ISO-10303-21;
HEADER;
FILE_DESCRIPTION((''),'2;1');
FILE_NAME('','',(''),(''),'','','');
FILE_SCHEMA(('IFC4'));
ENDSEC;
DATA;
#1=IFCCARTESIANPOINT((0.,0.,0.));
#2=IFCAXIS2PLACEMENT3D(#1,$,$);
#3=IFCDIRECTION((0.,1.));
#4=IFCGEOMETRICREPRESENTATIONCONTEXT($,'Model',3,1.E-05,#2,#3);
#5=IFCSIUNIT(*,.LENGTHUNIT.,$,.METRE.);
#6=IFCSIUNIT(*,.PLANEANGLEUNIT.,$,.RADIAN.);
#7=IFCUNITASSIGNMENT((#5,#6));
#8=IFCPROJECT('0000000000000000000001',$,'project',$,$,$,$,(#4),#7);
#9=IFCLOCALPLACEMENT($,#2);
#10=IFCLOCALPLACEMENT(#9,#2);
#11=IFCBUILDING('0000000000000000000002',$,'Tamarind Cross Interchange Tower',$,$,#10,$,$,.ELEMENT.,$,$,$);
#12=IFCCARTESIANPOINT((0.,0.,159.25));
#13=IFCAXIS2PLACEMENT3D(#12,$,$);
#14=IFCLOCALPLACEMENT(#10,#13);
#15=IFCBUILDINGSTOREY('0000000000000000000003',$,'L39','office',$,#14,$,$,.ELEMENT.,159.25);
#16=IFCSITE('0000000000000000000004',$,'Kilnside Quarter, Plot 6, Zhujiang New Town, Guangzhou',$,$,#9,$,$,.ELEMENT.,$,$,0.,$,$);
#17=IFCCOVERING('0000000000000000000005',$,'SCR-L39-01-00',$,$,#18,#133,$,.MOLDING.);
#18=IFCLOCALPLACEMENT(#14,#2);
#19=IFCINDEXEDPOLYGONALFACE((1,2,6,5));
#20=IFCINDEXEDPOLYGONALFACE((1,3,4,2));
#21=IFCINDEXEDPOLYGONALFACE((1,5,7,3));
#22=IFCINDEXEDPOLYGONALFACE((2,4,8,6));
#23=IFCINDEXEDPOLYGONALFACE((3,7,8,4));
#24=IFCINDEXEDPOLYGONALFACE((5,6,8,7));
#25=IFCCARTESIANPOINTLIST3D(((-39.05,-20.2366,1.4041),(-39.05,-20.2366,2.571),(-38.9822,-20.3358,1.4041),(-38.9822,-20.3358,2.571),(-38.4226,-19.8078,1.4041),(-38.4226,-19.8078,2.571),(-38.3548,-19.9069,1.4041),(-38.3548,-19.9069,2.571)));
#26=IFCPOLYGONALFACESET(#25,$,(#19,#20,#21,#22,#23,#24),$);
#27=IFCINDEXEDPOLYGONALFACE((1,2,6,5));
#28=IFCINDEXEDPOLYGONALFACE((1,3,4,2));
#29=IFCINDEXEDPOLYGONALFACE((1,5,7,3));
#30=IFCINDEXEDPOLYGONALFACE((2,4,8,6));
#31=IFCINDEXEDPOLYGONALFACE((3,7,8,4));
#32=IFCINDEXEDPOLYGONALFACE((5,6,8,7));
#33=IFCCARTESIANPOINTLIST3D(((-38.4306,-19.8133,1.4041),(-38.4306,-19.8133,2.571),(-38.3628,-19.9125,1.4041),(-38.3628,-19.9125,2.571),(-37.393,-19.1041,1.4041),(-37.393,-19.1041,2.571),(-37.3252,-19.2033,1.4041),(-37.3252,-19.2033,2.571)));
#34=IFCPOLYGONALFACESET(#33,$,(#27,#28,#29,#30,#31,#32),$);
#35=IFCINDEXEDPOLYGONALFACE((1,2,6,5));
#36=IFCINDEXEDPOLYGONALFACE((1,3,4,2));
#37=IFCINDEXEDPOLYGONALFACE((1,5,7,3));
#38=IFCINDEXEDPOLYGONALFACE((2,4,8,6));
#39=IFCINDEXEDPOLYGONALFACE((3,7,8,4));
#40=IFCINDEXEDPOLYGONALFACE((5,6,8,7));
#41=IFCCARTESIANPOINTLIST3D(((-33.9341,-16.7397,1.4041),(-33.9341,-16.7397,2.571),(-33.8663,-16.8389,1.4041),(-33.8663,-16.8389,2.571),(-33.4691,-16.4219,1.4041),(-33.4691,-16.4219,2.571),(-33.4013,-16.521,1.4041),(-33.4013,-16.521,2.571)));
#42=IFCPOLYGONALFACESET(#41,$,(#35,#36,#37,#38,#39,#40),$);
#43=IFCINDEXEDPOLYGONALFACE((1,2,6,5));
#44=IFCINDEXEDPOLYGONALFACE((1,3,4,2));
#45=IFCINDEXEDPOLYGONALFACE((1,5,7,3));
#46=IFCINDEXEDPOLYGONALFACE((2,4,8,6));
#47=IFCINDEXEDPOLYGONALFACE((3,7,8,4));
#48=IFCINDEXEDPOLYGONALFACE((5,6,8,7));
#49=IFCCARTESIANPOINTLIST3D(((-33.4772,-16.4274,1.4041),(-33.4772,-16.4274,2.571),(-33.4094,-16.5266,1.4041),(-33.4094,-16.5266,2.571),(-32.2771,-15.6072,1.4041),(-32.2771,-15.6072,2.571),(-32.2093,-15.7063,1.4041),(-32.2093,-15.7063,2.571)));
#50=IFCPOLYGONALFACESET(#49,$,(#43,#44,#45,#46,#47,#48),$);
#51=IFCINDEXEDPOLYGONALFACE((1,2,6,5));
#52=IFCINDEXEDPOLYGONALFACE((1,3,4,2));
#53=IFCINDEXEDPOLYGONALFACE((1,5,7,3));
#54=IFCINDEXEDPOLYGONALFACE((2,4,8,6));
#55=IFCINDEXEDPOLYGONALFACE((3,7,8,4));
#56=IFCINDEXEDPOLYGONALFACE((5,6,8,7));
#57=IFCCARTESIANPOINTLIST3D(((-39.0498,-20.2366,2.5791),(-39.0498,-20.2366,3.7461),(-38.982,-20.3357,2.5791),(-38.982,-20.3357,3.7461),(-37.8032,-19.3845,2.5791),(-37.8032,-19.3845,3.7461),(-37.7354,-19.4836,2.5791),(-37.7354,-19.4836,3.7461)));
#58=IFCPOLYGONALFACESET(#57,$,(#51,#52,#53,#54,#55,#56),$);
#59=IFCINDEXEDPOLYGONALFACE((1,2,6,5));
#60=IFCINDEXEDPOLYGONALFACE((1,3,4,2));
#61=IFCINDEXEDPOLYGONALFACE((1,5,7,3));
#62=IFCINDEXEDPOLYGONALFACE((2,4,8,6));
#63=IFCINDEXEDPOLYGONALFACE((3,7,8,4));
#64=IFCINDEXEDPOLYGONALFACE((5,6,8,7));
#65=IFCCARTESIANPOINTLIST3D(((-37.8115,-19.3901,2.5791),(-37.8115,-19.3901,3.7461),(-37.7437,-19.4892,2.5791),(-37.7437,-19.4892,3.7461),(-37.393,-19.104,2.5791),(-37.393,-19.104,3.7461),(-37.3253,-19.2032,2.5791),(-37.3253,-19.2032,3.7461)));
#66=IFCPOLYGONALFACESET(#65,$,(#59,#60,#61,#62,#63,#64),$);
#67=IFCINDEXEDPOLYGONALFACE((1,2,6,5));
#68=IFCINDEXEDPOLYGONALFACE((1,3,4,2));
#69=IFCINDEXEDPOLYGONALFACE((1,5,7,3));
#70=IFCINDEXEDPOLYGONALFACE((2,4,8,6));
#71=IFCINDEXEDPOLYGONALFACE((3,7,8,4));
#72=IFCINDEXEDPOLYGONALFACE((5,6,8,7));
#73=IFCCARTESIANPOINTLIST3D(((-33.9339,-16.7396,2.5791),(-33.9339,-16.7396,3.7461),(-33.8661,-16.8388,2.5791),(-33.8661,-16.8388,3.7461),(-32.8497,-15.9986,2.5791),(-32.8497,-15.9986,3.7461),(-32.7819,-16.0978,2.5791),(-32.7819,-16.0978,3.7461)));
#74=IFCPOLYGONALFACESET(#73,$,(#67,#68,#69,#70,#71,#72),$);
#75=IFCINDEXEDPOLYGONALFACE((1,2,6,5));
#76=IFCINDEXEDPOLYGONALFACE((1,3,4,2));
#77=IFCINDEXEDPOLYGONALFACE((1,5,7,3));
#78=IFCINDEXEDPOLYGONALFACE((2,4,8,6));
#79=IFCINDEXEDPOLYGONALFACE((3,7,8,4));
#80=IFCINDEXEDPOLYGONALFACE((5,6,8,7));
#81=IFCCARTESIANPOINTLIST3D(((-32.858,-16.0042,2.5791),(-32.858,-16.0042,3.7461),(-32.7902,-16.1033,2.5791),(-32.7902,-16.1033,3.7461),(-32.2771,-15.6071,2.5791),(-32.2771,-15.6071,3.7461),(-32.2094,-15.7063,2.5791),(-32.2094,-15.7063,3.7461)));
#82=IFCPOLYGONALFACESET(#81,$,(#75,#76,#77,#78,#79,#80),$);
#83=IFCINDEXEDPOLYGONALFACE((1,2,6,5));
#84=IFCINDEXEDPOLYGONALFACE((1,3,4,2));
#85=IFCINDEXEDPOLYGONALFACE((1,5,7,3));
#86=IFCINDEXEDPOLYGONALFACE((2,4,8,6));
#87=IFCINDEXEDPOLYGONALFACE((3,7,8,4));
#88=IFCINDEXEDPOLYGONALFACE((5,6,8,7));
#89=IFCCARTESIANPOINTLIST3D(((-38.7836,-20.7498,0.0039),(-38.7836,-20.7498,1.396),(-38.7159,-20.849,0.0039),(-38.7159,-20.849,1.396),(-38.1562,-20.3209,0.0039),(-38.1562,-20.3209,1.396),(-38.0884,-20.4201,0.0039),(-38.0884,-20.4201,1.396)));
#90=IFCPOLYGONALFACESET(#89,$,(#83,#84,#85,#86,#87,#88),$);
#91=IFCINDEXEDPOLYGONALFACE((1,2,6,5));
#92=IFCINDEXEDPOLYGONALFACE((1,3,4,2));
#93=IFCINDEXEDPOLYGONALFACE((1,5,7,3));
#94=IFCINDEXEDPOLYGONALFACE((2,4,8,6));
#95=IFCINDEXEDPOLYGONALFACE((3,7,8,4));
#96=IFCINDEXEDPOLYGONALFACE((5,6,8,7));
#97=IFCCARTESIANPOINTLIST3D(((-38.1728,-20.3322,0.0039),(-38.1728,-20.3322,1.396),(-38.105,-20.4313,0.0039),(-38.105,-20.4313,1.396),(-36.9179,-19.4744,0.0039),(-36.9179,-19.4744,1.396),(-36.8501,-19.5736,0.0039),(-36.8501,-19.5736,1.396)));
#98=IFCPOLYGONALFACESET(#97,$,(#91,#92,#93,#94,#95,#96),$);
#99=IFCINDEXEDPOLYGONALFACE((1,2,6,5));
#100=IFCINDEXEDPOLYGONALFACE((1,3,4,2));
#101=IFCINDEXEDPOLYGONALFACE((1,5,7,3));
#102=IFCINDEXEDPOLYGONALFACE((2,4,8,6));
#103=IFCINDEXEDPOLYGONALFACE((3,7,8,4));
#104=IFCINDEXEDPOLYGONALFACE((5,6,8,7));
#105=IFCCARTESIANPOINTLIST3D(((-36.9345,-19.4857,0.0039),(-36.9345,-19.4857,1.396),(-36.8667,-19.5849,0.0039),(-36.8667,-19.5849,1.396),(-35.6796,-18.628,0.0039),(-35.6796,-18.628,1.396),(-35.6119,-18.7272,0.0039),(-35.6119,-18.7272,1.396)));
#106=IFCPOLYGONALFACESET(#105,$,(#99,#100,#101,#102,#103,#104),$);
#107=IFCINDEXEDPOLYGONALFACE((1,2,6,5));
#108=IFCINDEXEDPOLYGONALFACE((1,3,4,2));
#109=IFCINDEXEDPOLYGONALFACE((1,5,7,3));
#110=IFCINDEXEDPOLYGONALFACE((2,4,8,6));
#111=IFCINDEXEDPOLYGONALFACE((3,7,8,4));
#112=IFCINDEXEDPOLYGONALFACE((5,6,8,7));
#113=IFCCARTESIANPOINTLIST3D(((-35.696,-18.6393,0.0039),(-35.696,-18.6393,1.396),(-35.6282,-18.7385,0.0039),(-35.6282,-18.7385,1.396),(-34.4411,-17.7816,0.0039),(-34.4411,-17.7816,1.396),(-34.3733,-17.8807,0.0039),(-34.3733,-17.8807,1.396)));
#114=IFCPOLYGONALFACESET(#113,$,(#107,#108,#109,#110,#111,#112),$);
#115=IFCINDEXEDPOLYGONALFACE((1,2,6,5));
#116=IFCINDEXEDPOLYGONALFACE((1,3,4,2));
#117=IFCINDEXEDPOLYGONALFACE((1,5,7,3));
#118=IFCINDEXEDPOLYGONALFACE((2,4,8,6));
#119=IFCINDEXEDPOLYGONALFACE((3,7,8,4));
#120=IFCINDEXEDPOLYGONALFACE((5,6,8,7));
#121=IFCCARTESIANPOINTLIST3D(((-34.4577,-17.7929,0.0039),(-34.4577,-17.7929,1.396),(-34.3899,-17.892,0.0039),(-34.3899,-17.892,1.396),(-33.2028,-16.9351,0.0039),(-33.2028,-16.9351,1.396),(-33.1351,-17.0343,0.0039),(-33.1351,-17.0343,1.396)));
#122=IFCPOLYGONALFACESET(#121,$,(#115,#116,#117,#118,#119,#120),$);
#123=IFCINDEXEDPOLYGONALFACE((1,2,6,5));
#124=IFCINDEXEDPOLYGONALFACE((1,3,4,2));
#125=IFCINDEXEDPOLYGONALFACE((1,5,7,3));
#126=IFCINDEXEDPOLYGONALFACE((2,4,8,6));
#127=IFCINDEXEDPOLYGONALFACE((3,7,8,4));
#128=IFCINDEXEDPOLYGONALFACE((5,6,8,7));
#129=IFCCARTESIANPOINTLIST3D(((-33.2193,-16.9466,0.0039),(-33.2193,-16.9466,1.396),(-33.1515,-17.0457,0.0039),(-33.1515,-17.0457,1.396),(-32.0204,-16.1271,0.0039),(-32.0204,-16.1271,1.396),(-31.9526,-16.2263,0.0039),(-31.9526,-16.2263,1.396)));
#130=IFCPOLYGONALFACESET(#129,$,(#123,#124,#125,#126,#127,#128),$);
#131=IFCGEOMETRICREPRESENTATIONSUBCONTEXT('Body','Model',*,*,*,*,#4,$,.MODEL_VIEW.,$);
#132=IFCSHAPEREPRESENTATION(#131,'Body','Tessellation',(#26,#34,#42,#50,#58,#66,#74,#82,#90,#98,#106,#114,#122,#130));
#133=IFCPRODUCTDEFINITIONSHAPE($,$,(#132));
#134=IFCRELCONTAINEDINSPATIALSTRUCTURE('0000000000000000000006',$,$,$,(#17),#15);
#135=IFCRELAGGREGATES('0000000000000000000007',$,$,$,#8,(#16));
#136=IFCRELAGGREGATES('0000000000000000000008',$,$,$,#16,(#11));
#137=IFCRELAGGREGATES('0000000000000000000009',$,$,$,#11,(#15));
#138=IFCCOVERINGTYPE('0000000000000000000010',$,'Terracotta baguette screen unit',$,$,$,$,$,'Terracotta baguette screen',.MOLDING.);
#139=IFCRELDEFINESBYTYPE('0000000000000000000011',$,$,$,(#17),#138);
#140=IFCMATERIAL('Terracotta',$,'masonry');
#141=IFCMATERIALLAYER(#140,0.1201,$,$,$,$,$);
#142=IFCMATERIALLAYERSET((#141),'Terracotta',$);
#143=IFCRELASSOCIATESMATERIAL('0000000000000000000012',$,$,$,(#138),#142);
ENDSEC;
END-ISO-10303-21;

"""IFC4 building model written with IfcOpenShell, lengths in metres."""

from ifc_helpers import new_model, si_unit, direction, frame, origin, origin_2d, place, context, subcontext, project, spatial, rectangle, extrude, material, layer, layer_set, type_object, element, save


model = new_model("IFC4")

# Units and contexts
model_context = context("Model", 3, precision=1e-05, world=origin(), true_north=direction((0.0, 1.0)))
body_context = subcontext(model_context, "Body", "Model", "MODEL_VIEW")
ifc_project = project(units=[si_unit("LENGTHUNIT", "METRE"), si_unit("PLANEANGLEUNIT", "RADIAN")], contexts=[model_context])

# Site, building, storey
site_placement = place(None, origin())
site = spatial("IfcSite", under=ifc_project, at=site_placement, Name="Kilnside Quarter, Plot 6, Zhujiang New Town, Guangzhou", CompositionType="ELEMENT", RefElevation=0.0)
building_placement = place(site_placement, origin())
building = spatial("IfcBuilding", under=site, at=building_placement, Name="Tamarind Cross Interchange Tower", CompositionType="ELEMENT")
storey_placement = place(building_placement, frame((0.0, 0.0, 159.25)))
storey = spatial("IfcBuildingStorey", under=building, at=storey_placement, Name="L39", Description="office", CompositionType="ELEMENT", Elevation=159.25)

# Covering
ifc_material_1 = material(Name="Terracotta", Category="masonry")
ifc_layer_1 = layer(ifc_material_1, 0.1201)
ifc_layer_set_1 = layer_set([ifc_layer_1], Name="Terracotta")
covering_type = type_object("IfcCoveringType", Name="Terracotta baguette screen unit", ElementType="Terracotta baguette screen", PredefinedType="MOLDING", material=ifc_layer_set_1)
covering_1_placement = place(storey_placement, origin())
element("IfcCovering", 1, at=covering_1_placement, inside=storey, type_object=covering_type, Name="SCR-L39-01-00", PredefinedType="MOLDING", context=body_context, shape_type="SweptSolid", body=[
    extrude(rectangle(XDim=0.76, YDim=0.1201, at=origin_2d()), frame((-38.7024, -20.0718, 1.4041), z_axis=(0.0, 0.0, 1.0), x_axis=(0.825569, 0.564301, 0.0)), (0.0, 0.0, 1.0), 1.167),
    extrude(rectangle(XDim=1.2568, YDim=0.1201, at=origin_2d()), frame((-37.8779, -19.5083, 1.4041), z_axis=(0.0, 0.0, 1.0), x_axis=(0.825569, 0.564301, 0.0)), (0.0, 0.0, 1.0), 1.167),
    extrude(rectangle(XDim=0.5632, YDim=0.1201, at=origin_2d()), frame((-33.6677, -16.6304, 1.4041), z_axis=(0.0, 0.0, 1.0), x_axis=(0.825569, 0.564301, 0.0)), (0.0, 0.0, 1.0), 1.167),
    extrude(rectangle(XDim=1.4536, YDim=0.1201, at=origin_2d()), frame((-32.8433, -16.0669, 1.4041), z_axis=(0.0, 0.0, 1.0), x_axis=(0.825569, 0.564301, 0.0)), (0.0, 0.0, 1.0), 1.167),
    extrude(rectangle(XDim=1.51, YDim=0.1201, at=origin_2d()), frame((-38.3926, -19.8601, 2.5791), z_axis=(0.0, 0.0, 1.0), x_axis=(0.825569, 0.564301, 0.0)), (0.0, 0.0, 1.0), 1.167),
    extrude(rectangle(XDim=0.5068, YDim=0.1201, at=origin_2d()), frame((-37.5684, -19.2966, 2.5791), z_axis=(0.0, 0.0, 1.0), x_axis=(0.825569, 0.564301, 0.0)), (0.0, 0.0, 1.0), 1.167),
    extrude(rectangle(XDim=1.3132, YDim=0.1201, at=origin_2d()), frame((-33.3579, -16.4187, 2.5791), z_axis=(0.0, 0.0, 1.0), x_axis=(0.825569, 0.564301, 0.0)), (0.0, 0.0, 1.0), 1.167),
    extrude(rectangle(XDim=0.7036, YDim=0.1201, at=origin_2d()), frame((-32.5337, -15.8552, 2.5791), z_axis=(0.0, 0.0, 1.0), x_axis=(0.825569, 0.564301, 0.0)), (0.0, 0.0, 1.0), 1.167),
    extrude(rectangle(XDim=0.76, YDim=0.1201, at=origin_2d()), frame((-38.436, -20.585, 0.0039), z_axis=(0.0, 0.0, 1.0), x_axis=(0.825569, 0.564301, 0.0)), (0.0, 0.0, 1.0), 1.3921),
    extrude(rectangle(XDim=1.52, YDim=0.1201, at=origin_2d()), frame((-37.5115, -19.9529, 0.0039), z_axis=(0.0, 0.0, 1.0), x_axis=(0.825569, 0.564301, 0.0)), (0.0, 0.0, 1.0), 1.3921),
    extrude(rectangle(XDim=1.52, YDim=0.1201, at=origin_2d()), frame((-36.2732, -19.1064, 0.0039), z_axis=(0.0, 0.0, 1.0), x_axis=(0.825569, 0.564301, 0.0)), (0.0, 0.0, 1.0), 1.3921),
    extrude(rectangle(XDim=1.52, YDim=0.1201, at=origin_2d()), frame((-35.0347, -18.26, 0.0039), z_axis=(0.0, 0.0, 1.0), x_axis=(0.825569, 0.564301, 0.0)), (0.0, 0.0, 1.0), 1.3921),
    extrude(rectangle(XDim=1.52, YDim=0.1201, at=origin_2d()), frame((-33.7964, -17.4136, 0.0039), z_axis=(0.0, 0.0, 1.0), x_axis=(0.825569, 0.564301, 0.0)), (0.0, 0.0, 1.0), 1.3921),
    extrude(rectangle(XDim=1.4521, YDim=0.1201, at=origin_2d()), frame((-32.5859, -16.5864, 0.0039), z_axis=(0.0, 0.0, 1.0), x_axis=(0.825569, 0.564301, 0.0)), (0.0, 0.0, 1.0), 1.3921),
])

save(model, "model.ifc")
